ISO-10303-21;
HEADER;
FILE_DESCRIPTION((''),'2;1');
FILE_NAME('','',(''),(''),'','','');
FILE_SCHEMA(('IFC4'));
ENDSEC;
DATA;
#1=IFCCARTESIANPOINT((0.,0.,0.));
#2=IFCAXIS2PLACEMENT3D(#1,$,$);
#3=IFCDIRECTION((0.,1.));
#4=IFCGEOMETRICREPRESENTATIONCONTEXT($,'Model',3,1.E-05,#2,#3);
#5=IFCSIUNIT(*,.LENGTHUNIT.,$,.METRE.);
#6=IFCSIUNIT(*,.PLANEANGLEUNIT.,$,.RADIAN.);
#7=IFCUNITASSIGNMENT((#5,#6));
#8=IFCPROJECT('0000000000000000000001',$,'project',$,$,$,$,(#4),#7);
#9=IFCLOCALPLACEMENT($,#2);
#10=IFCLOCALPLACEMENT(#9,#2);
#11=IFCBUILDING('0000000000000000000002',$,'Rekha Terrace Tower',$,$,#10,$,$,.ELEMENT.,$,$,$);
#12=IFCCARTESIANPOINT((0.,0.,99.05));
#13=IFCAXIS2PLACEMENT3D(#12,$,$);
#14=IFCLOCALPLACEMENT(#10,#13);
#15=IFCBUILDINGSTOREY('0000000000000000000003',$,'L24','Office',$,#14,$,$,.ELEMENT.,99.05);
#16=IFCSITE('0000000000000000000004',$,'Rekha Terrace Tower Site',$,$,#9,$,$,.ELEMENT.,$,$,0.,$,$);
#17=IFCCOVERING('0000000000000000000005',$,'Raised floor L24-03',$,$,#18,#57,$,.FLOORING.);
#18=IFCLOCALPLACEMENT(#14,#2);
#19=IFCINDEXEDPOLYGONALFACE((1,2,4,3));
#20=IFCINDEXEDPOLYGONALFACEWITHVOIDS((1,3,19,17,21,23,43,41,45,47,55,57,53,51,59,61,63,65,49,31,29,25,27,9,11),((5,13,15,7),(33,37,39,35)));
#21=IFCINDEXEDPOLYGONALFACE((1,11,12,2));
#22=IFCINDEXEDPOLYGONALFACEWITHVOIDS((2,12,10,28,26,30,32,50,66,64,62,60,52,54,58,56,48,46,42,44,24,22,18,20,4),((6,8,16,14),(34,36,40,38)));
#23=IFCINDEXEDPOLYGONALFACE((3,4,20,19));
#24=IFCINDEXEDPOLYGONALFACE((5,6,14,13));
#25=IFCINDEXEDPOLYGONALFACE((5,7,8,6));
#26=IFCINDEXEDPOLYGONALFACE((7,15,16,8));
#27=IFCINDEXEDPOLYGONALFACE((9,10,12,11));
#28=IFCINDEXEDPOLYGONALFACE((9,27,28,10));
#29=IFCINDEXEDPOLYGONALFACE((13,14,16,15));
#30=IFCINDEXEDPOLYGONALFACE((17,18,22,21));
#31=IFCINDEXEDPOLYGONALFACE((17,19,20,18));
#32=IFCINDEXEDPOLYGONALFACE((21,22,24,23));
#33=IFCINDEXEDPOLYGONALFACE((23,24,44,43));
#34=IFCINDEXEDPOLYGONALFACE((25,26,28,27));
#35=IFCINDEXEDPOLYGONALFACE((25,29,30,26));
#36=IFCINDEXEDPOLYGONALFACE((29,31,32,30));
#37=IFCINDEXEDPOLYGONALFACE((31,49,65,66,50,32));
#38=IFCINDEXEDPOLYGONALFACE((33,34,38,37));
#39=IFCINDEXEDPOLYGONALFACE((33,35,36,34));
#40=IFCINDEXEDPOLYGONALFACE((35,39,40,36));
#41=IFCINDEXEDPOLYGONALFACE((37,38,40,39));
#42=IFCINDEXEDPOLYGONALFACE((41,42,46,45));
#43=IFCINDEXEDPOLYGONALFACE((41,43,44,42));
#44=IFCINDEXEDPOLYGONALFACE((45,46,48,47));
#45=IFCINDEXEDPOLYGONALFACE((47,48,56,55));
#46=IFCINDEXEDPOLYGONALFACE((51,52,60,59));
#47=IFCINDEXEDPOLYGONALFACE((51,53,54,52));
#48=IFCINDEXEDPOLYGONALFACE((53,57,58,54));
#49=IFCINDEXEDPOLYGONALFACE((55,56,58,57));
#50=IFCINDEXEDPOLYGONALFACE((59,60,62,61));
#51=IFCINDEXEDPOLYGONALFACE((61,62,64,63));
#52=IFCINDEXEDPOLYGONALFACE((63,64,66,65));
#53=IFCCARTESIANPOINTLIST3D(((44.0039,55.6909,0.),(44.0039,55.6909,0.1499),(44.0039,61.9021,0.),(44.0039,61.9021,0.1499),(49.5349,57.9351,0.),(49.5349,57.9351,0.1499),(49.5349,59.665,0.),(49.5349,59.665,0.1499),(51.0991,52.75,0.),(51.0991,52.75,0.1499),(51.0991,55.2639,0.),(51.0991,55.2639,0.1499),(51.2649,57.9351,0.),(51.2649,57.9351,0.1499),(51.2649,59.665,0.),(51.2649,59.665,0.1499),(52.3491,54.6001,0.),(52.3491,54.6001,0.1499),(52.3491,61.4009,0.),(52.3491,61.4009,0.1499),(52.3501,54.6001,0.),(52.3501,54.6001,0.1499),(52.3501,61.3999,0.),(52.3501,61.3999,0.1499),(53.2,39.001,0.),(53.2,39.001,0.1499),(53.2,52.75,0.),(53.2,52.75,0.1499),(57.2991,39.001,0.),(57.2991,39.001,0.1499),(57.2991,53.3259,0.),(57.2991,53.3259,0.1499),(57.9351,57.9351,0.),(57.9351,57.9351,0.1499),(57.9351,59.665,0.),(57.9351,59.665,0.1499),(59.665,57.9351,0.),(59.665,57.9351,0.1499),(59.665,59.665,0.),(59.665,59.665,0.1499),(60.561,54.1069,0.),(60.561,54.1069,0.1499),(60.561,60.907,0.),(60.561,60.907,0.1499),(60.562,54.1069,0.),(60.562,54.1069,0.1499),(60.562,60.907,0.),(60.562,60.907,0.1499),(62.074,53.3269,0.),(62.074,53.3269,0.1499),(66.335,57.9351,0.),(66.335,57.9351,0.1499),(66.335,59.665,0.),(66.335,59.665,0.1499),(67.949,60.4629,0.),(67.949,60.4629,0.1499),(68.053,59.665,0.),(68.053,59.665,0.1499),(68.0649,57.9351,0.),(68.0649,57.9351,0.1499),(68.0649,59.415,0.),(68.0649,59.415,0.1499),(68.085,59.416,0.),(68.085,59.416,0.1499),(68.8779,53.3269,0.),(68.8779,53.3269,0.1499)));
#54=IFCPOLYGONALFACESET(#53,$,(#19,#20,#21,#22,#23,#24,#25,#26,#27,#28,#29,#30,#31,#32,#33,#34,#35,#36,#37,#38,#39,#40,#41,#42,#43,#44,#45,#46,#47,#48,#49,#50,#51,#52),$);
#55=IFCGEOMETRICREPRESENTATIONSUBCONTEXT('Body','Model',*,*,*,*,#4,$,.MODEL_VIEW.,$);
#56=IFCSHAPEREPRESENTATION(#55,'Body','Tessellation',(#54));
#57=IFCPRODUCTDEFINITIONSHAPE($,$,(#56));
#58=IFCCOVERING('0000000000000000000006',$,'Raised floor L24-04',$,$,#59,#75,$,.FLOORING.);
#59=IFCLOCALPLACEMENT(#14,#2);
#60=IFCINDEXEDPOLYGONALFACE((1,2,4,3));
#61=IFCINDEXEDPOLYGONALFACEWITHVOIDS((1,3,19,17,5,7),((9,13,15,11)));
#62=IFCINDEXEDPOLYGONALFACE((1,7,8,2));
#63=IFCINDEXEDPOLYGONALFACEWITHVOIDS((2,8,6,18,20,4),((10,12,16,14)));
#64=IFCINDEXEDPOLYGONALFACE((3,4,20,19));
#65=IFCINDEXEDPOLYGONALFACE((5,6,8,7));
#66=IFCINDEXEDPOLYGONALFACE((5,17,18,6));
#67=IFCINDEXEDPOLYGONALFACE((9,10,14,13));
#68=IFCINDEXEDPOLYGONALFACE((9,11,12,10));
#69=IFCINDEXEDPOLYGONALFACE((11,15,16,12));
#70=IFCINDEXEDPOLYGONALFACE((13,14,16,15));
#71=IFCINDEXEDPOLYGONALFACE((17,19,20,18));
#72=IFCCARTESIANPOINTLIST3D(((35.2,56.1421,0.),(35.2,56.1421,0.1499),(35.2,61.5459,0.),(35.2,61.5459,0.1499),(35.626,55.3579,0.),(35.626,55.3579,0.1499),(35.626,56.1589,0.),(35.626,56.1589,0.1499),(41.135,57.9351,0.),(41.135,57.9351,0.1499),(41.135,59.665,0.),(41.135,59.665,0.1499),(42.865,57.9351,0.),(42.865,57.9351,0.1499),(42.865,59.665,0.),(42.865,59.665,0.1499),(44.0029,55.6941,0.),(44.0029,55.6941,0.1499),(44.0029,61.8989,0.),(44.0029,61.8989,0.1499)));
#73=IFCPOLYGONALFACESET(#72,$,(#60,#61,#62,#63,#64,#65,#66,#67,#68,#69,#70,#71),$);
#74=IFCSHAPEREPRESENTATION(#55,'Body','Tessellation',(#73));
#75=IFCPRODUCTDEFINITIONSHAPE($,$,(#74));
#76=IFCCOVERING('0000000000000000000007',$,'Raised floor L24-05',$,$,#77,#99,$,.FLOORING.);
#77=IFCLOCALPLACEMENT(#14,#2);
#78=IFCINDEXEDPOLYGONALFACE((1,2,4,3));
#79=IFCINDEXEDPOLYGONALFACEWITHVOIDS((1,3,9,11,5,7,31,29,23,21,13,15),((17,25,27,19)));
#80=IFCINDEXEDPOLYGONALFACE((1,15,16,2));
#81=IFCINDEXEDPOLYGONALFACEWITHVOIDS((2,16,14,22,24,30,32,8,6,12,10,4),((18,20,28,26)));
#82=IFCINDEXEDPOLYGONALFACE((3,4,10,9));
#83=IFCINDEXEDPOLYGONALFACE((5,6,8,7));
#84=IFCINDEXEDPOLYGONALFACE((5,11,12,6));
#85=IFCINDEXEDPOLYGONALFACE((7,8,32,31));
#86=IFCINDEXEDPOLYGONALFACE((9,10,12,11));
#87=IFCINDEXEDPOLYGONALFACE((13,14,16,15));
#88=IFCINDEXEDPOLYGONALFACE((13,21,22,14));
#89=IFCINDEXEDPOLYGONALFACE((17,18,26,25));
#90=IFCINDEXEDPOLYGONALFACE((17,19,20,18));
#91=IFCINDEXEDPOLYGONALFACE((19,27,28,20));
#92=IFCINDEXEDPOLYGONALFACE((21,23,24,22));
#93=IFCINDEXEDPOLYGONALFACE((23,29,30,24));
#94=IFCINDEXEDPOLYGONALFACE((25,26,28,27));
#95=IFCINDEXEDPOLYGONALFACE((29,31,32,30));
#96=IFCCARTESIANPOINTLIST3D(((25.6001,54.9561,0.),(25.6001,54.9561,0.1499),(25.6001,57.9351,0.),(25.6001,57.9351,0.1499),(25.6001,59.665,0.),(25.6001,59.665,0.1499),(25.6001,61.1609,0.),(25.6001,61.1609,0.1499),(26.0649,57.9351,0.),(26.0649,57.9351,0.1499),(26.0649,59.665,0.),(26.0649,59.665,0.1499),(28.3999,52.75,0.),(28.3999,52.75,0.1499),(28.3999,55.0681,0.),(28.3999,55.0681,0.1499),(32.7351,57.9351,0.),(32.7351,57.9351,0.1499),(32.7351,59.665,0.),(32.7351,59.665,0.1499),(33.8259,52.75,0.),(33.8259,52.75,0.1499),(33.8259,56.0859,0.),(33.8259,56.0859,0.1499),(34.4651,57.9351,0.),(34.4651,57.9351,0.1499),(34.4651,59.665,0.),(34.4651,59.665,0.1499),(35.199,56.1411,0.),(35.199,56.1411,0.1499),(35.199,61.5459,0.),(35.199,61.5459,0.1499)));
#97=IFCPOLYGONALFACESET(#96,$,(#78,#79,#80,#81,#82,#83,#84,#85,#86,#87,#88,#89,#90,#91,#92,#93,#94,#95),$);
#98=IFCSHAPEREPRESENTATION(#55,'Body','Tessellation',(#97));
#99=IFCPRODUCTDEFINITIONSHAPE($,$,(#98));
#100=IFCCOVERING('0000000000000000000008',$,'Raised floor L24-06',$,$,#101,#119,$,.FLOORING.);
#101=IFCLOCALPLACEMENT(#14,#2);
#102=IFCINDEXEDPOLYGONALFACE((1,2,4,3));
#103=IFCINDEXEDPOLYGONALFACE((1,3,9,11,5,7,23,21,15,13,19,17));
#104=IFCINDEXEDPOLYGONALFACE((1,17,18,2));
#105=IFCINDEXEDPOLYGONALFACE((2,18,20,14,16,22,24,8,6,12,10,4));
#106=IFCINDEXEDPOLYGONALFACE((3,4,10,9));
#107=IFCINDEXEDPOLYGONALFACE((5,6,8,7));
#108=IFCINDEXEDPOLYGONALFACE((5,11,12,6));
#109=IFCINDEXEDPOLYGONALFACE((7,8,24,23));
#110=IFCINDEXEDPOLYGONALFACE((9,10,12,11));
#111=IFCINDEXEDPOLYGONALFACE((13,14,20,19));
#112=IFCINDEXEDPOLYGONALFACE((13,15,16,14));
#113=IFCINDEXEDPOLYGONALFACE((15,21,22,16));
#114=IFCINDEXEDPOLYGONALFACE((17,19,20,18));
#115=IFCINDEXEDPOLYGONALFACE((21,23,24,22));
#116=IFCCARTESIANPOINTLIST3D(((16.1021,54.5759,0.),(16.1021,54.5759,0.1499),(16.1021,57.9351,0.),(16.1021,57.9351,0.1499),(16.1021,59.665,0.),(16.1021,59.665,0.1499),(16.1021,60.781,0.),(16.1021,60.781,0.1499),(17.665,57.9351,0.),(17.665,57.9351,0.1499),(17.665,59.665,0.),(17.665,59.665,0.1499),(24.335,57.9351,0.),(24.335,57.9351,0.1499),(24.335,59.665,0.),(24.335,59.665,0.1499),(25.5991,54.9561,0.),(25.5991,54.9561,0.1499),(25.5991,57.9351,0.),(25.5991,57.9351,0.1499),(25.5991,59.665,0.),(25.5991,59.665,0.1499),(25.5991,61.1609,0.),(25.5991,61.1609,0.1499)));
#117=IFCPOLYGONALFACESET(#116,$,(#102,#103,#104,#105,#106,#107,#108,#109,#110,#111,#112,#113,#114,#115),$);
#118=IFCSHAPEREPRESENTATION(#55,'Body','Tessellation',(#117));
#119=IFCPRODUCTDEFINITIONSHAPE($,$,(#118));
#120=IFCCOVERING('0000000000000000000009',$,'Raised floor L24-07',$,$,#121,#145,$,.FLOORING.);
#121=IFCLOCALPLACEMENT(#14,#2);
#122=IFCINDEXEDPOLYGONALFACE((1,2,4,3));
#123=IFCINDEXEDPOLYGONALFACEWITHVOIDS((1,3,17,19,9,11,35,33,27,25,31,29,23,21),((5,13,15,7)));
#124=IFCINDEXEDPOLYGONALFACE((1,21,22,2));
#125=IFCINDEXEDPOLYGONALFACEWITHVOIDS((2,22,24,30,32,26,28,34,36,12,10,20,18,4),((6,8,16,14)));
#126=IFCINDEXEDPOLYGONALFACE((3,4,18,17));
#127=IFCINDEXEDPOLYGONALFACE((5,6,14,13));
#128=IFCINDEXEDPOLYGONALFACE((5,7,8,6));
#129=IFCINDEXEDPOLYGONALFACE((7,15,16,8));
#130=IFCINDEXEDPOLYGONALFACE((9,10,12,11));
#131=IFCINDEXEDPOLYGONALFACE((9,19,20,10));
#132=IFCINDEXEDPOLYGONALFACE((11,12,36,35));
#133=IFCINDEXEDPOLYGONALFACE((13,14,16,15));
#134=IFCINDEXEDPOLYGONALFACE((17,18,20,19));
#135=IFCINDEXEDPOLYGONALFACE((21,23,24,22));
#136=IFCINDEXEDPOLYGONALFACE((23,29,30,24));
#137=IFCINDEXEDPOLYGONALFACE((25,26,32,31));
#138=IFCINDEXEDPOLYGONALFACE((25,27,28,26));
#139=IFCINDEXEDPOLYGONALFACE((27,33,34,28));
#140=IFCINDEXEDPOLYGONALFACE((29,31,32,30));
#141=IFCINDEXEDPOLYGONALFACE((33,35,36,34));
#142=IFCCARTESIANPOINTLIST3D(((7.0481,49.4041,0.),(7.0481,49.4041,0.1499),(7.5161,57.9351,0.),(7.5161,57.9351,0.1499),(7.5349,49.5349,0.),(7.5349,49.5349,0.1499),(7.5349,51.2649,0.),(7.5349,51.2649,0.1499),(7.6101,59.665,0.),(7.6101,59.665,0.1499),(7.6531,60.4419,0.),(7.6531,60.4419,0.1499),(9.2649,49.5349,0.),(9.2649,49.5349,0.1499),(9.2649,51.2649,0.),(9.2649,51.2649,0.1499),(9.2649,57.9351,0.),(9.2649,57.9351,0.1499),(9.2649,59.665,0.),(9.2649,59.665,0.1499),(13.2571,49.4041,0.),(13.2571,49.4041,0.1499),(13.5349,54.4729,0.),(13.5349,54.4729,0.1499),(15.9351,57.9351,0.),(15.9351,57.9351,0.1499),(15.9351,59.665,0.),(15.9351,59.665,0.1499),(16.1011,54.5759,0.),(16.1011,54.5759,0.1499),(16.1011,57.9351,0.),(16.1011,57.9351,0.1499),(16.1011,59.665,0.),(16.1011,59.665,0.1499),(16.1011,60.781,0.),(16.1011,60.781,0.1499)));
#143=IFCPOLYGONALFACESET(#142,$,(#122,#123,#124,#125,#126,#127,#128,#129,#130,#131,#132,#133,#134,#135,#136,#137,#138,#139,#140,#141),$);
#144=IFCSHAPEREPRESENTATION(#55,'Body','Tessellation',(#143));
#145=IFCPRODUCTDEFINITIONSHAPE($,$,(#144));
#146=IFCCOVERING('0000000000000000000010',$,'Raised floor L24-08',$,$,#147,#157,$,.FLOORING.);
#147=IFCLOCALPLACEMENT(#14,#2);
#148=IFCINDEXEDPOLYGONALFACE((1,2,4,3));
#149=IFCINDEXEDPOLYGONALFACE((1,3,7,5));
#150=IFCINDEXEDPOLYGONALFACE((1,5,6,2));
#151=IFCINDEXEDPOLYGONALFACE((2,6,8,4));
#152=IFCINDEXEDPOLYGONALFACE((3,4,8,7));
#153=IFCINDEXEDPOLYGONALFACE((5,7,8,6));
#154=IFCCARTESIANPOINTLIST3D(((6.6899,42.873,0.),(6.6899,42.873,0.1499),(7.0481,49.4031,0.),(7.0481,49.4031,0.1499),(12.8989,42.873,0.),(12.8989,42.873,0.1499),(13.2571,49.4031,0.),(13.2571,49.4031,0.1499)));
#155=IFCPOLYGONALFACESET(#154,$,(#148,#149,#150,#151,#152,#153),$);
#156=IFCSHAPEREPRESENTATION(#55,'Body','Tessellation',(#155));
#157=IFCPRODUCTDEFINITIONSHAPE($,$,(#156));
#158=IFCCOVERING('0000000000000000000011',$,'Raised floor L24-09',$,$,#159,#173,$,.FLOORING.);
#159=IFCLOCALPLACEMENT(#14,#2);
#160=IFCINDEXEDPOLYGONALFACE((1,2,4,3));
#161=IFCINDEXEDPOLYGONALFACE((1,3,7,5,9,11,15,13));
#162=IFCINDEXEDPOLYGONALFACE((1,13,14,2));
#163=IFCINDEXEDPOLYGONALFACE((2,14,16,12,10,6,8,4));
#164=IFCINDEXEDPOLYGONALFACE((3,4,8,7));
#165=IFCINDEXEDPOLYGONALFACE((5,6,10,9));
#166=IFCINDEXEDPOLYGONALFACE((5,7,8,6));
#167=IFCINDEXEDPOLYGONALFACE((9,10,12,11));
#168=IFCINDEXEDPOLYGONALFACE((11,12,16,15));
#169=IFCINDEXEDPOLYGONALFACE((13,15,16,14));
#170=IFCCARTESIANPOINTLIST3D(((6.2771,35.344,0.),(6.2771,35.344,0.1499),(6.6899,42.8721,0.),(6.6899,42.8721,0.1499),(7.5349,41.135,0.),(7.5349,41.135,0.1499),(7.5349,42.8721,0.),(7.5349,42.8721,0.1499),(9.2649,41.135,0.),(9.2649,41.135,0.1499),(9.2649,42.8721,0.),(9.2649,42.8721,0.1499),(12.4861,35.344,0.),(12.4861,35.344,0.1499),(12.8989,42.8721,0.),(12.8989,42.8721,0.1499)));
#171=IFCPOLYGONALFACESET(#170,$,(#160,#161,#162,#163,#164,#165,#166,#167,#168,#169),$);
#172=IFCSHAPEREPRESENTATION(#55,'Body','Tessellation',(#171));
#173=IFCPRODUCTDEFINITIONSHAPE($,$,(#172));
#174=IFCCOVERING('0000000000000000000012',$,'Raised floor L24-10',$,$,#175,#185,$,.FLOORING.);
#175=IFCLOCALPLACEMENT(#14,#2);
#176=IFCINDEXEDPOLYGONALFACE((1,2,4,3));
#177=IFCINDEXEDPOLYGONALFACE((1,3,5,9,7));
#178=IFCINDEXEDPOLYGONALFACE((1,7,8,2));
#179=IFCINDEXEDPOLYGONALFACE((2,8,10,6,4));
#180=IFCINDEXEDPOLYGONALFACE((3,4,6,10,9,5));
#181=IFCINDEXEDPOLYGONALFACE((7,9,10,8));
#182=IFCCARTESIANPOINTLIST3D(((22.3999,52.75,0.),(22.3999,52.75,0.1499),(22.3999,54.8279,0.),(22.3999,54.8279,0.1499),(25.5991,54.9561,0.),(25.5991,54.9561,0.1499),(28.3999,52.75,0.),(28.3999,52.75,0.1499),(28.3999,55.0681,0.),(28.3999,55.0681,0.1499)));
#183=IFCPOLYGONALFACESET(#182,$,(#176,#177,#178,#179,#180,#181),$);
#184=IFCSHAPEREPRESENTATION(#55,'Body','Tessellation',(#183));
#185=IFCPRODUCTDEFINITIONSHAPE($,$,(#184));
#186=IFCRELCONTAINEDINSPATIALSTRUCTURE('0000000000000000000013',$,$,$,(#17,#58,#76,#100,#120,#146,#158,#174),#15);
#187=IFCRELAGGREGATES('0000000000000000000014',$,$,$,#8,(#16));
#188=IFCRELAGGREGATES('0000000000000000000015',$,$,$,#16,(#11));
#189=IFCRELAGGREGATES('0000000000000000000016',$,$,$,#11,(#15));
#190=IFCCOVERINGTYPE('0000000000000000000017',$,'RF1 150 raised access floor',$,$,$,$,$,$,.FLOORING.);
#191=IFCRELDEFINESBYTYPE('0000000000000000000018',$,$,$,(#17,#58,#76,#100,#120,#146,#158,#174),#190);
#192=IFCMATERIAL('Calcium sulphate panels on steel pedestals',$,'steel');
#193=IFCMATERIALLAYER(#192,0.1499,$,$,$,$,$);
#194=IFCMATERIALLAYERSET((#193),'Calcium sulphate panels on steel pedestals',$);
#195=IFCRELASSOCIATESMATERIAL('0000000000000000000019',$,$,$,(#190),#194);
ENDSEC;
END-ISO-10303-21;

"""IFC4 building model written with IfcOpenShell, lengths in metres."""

from ifc_helpers import new_model, si_unit, direction, frame, origin, place, context, subcontext, project, spatial, polyline, outline, extrude, material, layer, layer_set, type_object, element, save


model = new_model("IFC4")

# Units and contexts
model_context = context("Model", 3, precision=1e-05, world=origin(), true_north=direction((0.0, 1.0)))
body_context = subcontext(model_context, "Body", "Model", "MODEL_VIEW")
ifc_project = project(units=[si_unit("LENGTHUNIT", "METRE"), si_unit("PLANEANGLEUNIT", "RADIAN")], contexts=[model_context])

# Site, building, storey
site_placement = place(None, origin())
site = spatial("IfcSite", under=ifc_project, at=site_placement, Name="Rekha Terrace Tower Site", CompositionType="ELEMENT", RefElevation=0.0)
building_placement = place(site_placement, origin())
building = spatial("IfcBuilding", under=site, at=building_placement, Name="Rekha Terrace Tower", CompositionType="ELEMENT")
storey_placement = place(building_placement, frame((0.0, 0.0, 99.05)))
storey = spatial("IfcBuildingStorey", under=building, at=storey_placement, Name="L24", Description="Office", CompositionType="ELEMENT", Elevation=99.05)

# Coverings
ifc_material_1 = material(Name="Calcium sulphate panels on steel pedestals", Category="steel")
ifc_layer_1 = layer(ifc_material_1, 0.1499)
ifc_layer_set_1 = layer_set([ifc_layer_1], Name="Calcium sulphate panels on steel pedestals")
covering_type_1 = type_object("IfcCoveringType", Name="RF1 150 raised access floor", PredefinedType="FLOORING", material=ifc_layer_set_1)
covering_1_placement = place(storey_placement, origin())
element("IfcCovering", 1, at=covering_1_placement, inside=storey, type_object=covering_type_1, Name="Raised floor L24-03", PredefinedType="FLOORING", context=body_context, shape_type="SweptSolid", body=[
    extrude(outline(polyline([(52.3501, 54.6001), (52.3491, 54.6001), (52.3491, 61.4009), (44.0039, 61.9021), (44.0039, 55.6909), (51.0991, 55.2639), (51.0991, 52.75), (53.2, 52.75), (53.2, 39.001), (57.2991, 39.001), (57.2991, 53.3259), (62.074, 53.3269), (68.8779, 53.3269), (68.085, 59.416), (68.0649, 59.415), (68.0649, 57.9351), (66.335, 57.9351), (66.335, 59.665), (68.053, 59.665), (67.949, 60.4629), (60.562, 60.907), (60.562, 54.1069), (60.561, 54.1069), (60.561, 60.907), (52.3501, 61.3999), (52.3501, 54.6001)]), holes=[polyline([(59.665, 57.9351), (57.9351, 57.9351), (57.9351, 59.665), (59.665, 59.665), (59.665, 57.9351)]), polyline([(51.2649, 57.9351), (49.5349, 57.9351), (49.5349, 59.665), (51.2649, 59.665), (51.2649, 57.9351)])]), origin(), (0.0, 0.0, 1.0), 0.1499),
])
covering_2_placement = place(storey_placement, origin())
element("IfcCovering", 2, at=covering_2_placement, inside=storey, type_object=covering_type_1, Name="Raised floor L24-04", PredefinedType="FLOORING", context=body_context, shape_type="SweptSolid", body=[
    extrude(outline(polyline([(35.2, 56.1421), (35.626, 56.1589), (35.626, 55.3579), (44.0029, 55.6941), (44.0029, 61.8989), (35.2, 61.5459), (35.2, 56.1421)]), holes=[polyline([(42.865, 57.9351), (41.135, 57.9351), (41.135, 59.665), (42.865, 59.665), (42.865, 57.9351)])]), origin(), (0.0, 0.0, 1.0), 0.1499),
])
covering_3_placement = place(storey_placement, origin())
element("IfcCovering", 3, at=covering_3_placement, inside=storey, type_object=covering_type_1, Name="Raised floor L24-05", PredefinedType="FLOORING", context=body_context, shape_type="SweptSolid", body=[
    extrude(outline(polyline([(26.0649, 57.9351), (25.6001, 57.9351), (25.6001, 54.9561), (28.3999, 55.0681), (28.3999, 52.75), (33.8259, 52.75), (33.8259, 56.0859), (35.199, 56.1411), (35.199, 61.5459), (25.6001, 61.1609), (25.6001, 59.665), (26.0649, 59.665), (26.0649, 57.9351)]), holes=[polyline([(34.4651, 57.9351), (32.7351, 57.9351), (32.7351, 59.665), (34.4651, 59.665), (34.4651, 57.9351)])]), origin(), (0.0, 0.0, 1.0), 0.1499),
])
covering_4_placement = place(storey_placement, origin())
element("IfcCovering", 4, at=covering_4_placement, inside=storey, type_object=covering_type_1, Name="Raised floor L24-06", PredefinedType="FLOORING", context=body_context, shape_type="SweptSolid", body=[
    extrude(outline(polyline([(25.5991, 59.665), (25.5991, 61.1609), (16.1021, 60.781), (16.1021, 59.665), (17.665, 59.665), (17.665, 57.9351), (16.1021, 57.9351), (16.1021, 54.5759), (25.5991, 54.9561), (25.5991, 57.9351), (24.335, 57.9351), (24.335, 59.665), (25.5991, 59.665)])), origin(), (0.0, 0.0, 1.0), 0.1499),
])
covering_5_placement = place(storey_placement, origin())
element("IfcCovering", 5, at=covering_5_placement, inside=storey, type_object=covering_type_1, Name="Raised floor L24-07", PredefinedType="FLOORING", context=body_context, shape_type="SweptSolid", body=[
    extrude(outline(polyline([(7.5161, 57.9351), (7.0481, 49.4041), (13.2571, 49.4041), (13.5349, 54.4729), (16.1011, 54.5759), (16.1011, 57.9351), (15.9351, 57.9351), (15.9351, 59.665), (16.1011, 59.665), (16.1011, 60.781), (7.6531, 60.4419), (7.6101, 59.665), (9.2649, 59.665), (9.2649, 57.9351), (7.5161, 57.9351)]), holes=[polyline([(9.2649, 51.2649), (9.2649, 49.5349), (7.5349, 49.5349), (7.5349, 51.2649), (9.2649, 51.2649)])]), origin(), (0.0, 0.0, 1.0), 0.1499),
])
covering_6_placement = place(storey_placement, origin())
element("IfcCovering", 6, at=covering_6_placement, inside=storey, type_object=covering_type_1, Name="Raised floor L24-08", PredefinedType="FLOORING", context=body_context, shape_type="SweptSolid", body=[
    extrude(outline(polyline([(13.2571, 49.4031), (7.0481, 49.4031), (6.6899, 42.873), (12.8989, 42.873), (13.2571, 49.4031)])), origin(), (0.0, 0.0, 1.0), 0.1499),
])
covering_7_placement = place(storey_placement, origin())
element("IfcCovering", 7, at=covering_7_placement, inside=storey, type_object=covering_type_1, Name="Raised floor L24-09", PredefinedType="FLOORING", context=body_context, shape_type="SweptSolid", body=[
    extrude(outline(polyline([(7.5349, 42.8721), (6.6899, 42.8721), (6.2771, 35.344), (12.4861, 35.344), (12.8989, 42.8721), (9.2649, 42.8721), (9.2649, 41.135), (7.5349, 41.135), (7.5349, 42.8721)])), origin(), (0.0, 0.0, 1.0), 0.1499),
])
covering_8_placement = place(storey_placement, origin())
element("IfcCovering", 8, at=covering_8_placement, inside=storey, type_object=covering_type_1, Name="Raised floor L24-10", PredefinedType="FLOORING", context=body_context, shape_type="SweptSolid", body=[
    extrude(outline(polyline([(22.3999, 52.75), (28.3999, 52.75), (28.3999, 55.0681), (25.5991, 54.9561), (22.3999, 54.8279), (22.3999, 52.75)])), origin(), (0.0, 0.0, 1.0), 0.1499),
])

save(model, "model.ifc")
